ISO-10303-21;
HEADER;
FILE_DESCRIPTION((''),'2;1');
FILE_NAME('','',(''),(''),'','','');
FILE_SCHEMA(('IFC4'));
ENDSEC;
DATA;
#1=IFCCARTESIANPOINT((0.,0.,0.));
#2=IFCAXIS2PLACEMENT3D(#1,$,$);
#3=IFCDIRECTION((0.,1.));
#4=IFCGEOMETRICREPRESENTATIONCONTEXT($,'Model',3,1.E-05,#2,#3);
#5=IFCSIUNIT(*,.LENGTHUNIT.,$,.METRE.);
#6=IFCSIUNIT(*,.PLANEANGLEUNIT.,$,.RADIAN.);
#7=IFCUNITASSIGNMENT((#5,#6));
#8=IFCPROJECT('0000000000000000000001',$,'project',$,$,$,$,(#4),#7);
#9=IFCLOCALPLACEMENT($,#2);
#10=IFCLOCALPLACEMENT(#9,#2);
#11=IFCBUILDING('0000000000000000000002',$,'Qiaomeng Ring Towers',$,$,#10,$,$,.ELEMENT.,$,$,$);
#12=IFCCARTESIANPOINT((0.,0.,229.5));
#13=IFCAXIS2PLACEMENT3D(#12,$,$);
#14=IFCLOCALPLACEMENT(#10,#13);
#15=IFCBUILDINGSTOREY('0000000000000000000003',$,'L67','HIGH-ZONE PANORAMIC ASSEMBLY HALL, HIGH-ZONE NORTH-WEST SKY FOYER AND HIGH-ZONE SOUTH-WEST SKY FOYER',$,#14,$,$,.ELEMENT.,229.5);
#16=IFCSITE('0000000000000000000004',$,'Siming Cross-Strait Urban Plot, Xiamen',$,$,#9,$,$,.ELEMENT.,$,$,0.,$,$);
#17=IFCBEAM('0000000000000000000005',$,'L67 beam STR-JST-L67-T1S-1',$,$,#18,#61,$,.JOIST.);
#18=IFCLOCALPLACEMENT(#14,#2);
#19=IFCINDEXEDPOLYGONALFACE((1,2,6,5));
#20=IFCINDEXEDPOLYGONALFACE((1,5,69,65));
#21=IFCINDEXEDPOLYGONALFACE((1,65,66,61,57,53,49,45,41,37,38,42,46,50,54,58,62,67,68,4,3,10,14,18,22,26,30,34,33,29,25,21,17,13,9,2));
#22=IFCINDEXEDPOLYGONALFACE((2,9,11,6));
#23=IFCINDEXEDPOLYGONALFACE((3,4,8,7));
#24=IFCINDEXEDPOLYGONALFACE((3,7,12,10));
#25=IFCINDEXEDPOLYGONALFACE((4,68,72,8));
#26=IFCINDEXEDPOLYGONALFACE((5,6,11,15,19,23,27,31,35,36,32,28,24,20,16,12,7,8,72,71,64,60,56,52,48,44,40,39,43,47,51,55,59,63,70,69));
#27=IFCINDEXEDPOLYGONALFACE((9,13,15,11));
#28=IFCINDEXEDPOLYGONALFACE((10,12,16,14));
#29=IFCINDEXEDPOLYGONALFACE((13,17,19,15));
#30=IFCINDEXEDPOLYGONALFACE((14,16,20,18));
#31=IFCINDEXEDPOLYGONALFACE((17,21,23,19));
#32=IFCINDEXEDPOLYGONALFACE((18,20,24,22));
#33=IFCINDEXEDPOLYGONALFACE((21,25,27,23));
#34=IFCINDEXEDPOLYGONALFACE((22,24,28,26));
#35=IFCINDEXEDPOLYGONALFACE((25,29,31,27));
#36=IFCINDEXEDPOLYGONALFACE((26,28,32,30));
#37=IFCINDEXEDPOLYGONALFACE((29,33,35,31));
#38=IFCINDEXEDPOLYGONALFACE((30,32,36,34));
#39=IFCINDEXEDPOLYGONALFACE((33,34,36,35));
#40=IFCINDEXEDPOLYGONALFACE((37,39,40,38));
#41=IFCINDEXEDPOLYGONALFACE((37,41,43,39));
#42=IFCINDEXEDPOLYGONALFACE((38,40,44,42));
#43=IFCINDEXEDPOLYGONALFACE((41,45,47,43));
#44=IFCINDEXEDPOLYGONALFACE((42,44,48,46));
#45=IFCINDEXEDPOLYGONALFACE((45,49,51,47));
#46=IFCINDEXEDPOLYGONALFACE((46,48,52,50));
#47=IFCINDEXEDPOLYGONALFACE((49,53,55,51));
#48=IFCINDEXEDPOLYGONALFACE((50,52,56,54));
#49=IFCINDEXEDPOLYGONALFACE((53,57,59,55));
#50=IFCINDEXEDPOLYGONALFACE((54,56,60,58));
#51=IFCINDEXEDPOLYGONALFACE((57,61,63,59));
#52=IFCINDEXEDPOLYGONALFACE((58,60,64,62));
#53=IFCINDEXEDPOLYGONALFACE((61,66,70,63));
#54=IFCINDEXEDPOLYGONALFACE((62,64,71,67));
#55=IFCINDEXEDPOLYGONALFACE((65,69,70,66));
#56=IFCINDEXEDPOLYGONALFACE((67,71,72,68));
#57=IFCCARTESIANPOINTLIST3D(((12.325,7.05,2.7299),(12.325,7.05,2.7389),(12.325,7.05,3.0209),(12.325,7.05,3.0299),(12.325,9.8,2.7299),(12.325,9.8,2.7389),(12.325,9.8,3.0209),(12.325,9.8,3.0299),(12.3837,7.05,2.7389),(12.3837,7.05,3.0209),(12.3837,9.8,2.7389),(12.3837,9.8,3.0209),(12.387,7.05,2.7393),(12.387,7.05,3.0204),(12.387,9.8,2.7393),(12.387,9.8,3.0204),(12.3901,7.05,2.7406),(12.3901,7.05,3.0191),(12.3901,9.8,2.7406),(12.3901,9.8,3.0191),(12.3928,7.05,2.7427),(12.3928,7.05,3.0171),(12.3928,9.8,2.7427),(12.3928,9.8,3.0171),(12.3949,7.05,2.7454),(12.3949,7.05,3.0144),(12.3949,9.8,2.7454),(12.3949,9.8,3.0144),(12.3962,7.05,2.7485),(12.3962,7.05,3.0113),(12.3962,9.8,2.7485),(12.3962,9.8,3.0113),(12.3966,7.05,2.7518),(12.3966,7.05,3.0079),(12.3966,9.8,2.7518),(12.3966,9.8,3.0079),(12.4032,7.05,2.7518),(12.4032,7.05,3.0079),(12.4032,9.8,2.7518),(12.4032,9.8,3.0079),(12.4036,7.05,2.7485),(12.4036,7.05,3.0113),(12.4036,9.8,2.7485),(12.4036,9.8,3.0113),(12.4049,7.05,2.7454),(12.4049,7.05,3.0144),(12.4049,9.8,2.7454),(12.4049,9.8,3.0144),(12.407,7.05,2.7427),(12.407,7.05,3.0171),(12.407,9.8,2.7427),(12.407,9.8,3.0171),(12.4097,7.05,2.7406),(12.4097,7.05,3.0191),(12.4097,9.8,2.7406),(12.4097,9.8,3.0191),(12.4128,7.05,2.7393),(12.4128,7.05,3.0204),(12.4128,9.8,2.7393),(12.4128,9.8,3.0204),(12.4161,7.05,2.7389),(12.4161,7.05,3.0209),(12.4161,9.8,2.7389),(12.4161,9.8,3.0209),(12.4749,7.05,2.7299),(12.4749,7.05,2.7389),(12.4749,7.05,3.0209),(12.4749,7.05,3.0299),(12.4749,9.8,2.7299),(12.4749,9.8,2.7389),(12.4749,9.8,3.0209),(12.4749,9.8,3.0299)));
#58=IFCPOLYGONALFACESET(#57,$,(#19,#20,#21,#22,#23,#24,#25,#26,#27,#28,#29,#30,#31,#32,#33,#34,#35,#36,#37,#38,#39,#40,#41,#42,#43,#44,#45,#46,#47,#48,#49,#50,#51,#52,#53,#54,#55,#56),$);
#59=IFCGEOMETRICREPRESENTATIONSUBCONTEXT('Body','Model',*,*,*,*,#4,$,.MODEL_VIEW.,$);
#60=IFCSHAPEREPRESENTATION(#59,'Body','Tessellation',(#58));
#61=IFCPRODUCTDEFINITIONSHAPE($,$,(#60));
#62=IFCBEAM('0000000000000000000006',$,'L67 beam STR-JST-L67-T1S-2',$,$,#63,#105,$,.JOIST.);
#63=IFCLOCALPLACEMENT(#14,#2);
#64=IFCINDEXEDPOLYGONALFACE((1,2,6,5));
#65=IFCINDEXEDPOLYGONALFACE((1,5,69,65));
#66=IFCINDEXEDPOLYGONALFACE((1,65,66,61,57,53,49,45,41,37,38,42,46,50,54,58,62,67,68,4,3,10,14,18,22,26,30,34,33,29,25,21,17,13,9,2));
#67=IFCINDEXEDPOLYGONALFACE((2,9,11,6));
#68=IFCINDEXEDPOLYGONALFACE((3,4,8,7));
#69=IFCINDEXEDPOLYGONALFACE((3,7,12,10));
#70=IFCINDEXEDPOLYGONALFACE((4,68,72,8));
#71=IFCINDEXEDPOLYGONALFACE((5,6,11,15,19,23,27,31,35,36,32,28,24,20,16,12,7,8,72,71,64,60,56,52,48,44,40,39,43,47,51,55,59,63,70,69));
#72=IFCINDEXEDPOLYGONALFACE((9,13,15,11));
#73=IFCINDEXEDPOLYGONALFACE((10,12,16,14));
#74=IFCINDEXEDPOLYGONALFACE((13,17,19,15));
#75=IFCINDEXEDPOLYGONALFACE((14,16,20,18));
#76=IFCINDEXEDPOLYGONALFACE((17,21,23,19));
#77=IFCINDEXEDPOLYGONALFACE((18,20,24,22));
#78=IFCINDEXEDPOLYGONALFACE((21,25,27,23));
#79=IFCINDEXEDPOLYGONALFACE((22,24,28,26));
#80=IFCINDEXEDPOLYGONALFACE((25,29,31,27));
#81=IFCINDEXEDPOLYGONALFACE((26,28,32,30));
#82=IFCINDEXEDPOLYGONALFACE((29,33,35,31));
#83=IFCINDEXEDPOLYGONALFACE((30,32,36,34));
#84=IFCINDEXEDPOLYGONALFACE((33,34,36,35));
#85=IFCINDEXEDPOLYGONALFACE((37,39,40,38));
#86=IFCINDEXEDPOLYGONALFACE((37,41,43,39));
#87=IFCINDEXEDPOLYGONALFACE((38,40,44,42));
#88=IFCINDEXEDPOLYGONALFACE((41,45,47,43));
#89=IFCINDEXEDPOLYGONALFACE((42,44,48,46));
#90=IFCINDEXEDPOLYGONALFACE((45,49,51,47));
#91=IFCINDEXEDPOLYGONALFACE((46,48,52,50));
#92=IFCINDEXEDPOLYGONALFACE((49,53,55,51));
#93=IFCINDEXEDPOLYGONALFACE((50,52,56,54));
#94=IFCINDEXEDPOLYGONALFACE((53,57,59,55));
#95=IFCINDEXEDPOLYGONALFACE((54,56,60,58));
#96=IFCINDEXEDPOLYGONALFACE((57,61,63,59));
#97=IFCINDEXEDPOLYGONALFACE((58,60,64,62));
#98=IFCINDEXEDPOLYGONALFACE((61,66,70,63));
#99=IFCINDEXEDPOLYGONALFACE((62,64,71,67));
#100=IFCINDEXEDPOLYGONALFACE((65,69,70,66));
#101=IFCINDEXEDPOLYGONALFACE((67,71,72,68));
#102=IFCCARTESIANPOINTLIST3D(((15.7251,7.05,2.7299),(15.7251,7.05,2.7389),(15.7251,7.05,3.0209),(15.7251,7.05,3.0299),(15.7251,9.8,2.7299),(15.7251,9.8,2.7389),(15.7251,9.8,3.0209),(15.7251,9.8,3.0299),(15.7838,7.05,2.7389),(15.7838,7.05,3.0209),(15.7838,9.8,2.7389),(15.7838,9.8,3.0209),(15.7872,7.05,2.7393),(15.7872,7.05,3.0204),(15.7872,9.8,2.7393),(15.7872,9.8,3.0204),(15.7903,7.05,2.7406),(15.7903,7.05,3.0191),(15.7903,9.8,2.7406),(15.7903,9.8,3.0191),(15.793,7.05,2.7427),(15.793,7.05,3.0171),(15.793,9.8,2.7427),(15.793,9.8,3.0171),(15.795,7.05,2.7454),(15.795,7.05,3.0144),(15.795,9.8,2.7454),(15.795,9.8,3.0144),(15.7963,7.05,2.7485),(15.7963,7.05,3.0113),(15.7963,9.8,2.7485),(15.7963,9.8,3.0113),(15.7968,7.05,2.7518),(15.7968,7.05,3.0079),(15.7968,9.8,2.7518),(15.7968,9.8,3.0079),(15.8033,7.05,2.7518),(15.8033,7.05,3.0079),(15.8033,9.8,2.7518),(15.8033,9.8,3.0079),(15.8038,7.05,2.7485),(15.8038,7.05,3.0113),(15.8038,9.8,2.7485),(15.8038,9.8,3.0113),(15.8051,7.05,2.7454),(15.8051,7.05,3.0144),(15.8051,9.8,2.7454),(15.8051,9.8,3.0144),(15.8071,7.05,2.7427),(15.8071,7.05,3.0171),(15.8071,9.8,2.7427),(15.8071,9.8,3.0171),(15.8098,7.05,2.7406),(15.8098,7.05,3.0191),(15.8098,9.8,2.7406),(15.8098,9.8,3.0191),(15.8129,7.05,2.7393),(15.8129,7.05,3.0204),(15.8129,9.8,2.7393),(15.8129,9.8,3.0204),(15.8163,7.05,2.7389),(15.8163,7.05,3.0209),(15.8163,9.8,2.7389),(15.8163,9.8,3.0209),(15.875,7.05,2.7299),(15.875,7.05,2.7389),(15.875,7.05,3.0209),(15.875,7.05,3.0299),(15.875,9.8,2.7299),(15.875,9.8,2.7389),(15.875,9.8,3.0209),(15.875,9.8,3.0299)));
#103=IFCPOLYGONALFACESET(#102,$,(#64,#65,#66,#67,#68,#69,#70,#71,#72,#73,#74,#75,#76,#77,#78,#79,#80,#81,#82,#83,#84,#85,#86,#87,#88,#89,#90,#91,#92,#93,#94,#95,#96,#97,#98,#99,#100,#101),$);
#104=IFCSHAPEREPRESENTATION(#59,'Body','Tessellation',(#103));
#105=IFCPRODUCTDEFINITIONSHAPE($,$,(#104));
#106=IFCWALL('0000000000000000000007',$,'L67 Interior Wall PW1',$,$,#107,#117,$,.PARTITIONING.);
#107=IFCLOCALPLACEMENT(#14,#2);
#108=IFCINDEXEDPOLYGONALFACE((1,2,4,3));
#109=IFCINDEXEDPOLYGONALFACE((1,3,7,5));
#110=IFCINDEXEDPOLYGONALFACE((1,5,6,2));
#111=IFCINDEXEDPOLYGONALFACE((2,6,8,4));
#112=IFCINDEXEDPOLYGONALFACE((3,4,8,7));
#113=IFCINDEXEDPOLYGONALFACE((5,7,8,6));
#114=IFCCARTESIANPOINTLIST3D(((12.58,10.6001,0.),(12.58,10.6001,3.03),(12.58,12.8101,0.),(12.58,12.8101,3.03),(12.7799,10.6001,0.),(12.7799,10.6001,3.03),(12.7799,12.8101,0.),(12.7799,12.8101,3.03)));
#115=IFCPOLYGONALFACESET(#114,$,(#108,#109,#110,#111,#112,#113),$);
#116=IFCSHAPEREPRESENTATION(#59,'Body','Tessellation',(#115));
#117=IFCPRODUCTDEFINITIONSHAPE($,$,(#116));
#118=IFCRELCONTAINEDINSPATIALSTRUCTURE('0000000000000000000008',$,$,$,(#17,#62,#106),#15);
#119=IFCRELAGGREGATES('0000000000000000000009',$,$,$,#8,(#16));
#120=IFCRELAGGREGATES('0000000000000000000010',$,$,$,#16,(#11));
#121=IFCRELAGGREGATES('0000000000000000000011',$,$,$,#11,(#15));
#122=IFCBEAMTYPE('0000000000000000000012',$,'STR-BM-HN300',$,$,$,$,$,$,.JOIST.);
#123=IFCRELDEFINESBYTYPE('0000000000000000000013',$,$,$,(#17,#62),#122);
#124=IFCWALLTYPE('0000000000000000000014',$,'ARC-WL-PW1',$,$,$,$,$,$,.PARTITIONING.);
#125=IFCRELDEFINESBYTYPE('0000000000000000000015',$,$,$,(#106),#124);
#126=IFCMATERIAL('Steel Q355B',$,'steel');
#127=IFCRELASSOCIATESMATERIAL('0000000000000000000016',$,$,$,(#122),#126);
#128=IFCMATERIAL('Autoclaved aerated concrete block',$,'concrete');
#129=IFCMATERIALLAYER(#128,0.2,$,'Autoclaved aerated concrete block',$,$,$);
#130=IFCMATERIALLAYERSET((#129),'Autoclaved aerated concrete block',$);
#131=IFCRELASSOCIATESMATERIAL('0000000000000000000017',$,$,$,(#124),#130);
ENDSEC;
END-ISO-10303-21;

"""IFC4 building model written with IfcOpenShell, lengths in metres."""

from ifc_helpers import new_model, si_unit, direction, frame, frame_2d, origin, origin_2d, place, context, subcontext, project, spatial, rectangle, i_section, extrude, source, transform, mapped, material, layer, layer_set, material_profile, profile_set, type_object, element, save


model = new_model("IFC4")

# Units and contexts
model_context = context("Model", 3, precision=1e-05, world=origin(), true_north=direction((0.0, 1.0)))
body_context = subcontext(model_context, "Body", "Model", "MODEL_VIEW")
ifc_project = project(units=[si_unit("LENGTHUNIT", "METRE"), si_unit("PLANEANGLEUNIT", "RADIAN")], contexts=[model_context])

# Site, building, storey
site_placement = place(None, origin())
site = spatial("IfcSite", under=ifc_project, at=site_placement, Name="Siming Cross-Strait Urban Plot, Xiamen", CompositionType="ELEMENT", RefElevation=0.0)
building_placement = place(site_placement, origin())
building = spatial("IfcBuilding", under=site, at=building_placement, Name="Qiaomeng Ring Towers", CompositionType="ELEMENT")
storey_placement = place(building_placement, frame((0.0, 0.0, 229.5)))
storey = spatial("IfcBuildingStorey", under=building, at=storey_placement, Name="L67", Description="HIGH-ZONE PANORAMIC ASSEMBLY HALL, HIGH-ZONE NORTH-WEST SKY FOYER AND HIGH-ZONE SOUTH-WEST SKY FOYER", CompositionType="ELEMENT", Elevation=229.5)

# Beams
ifc_material_1 = material(Name="Steel Q355B", Category="steel")
ifc_material_profile = material_profile(ifc_material_1, i_section(OverallWidth=0.1499, OverallDepth=0.3, WebThickness=0.0066, FlangeThickness=0.009, FilletRadius=0.0129, at=origin_2d()), Name="HN 300x150x6.5x9")
ifc_profile_set = profile_set([ifc_material_profile], Name="Steel Q355B")
beam_type = type_object("IfcBeamType", Name="STR-BM-HN300", PredefinedType="JOIST", material=ifc_profile_set)
shared_shape_1 = source(origin(), body_context, "Body", "SweptSolid", [
    extrude(i_section(OverallWidth=0.1499, OverallDepth=0.3, WebThickness=0.0066, FlangeThickness=0.009, FilletRadius=0.0129, at=origin_2d()), origin(), (0.0, 0.0, 1.0), 2.75),
])
for number, where, z_axis, x_axis, name in (
    (1, (12.3999, 7.05, 2.8799), (0.0, 1.0, 0.0), (-1.0, 0.0, 0.0), "L67 beam STR-JST-L67-T1S-1"),
    (2, (15.8, 7.05, 2.8799), (0.0, 1.0, 0.0), (-1.0, 0.0, 0.0), "L67 beam STR-JST-L67-T1S-2"),
):
    element("IfcBeam", number, at=place(storey_placement, frame(where, z_axis=z_axis, x_axis=x_axis)), inside=storey, type_object=beam_type, Name=name, PredefinedType="JOIST", context=body_context, shape_type="MappedRepresentation", body=[
        mapped(shared_shape_1, transform((0.0, 0.0, 0.0), x_axis=(1.0, 0.0, 0.0), y_axis=(0.0, 1.0, 0.0), z_axis=(0.0, 0.0, 1.0), scale=1.0)),
    ])

# Wall
ifc_material_2 = material(Name="Autoclaved aerated concrete block", Category="concrete")
ifc_layer_1 = layer(ifc_material_2, 0.2, Name="Autoclaved aerated concrete block")
ifc_layer_set_1 = layer_set([ifc_layer_1], Name="Autoclaved aerated concrete block")
wall_type_1 = type_object("IfcWallType", Name="ARC-WL-PW1", PredefinedType="PARTITIONING", material=ifc_layer_set_1)
wall_1_placement = place(storey_placement, frame((12.6799, 10.6001, 0.0), z_axis=(0.0, 0.0, 1.0), x_axis=(0.0, 1.0, 0.0)))
element("IfcWall", 3, at=wall_1_placement, inside=storey, type_object=wall_type_1, Name="L67 Interior Wall PW1", PredefinedType="PARTITIONING", context=body_context, shape_type="SweptSolid", body=[
    extrude(rectangle(XDim=2.21, YDim=0.2, at=frame_2d((1.105, 0.0))), origin(), (0.0, 0.0, 1.0), 3.03),
])

save(model, "model.ifc")
